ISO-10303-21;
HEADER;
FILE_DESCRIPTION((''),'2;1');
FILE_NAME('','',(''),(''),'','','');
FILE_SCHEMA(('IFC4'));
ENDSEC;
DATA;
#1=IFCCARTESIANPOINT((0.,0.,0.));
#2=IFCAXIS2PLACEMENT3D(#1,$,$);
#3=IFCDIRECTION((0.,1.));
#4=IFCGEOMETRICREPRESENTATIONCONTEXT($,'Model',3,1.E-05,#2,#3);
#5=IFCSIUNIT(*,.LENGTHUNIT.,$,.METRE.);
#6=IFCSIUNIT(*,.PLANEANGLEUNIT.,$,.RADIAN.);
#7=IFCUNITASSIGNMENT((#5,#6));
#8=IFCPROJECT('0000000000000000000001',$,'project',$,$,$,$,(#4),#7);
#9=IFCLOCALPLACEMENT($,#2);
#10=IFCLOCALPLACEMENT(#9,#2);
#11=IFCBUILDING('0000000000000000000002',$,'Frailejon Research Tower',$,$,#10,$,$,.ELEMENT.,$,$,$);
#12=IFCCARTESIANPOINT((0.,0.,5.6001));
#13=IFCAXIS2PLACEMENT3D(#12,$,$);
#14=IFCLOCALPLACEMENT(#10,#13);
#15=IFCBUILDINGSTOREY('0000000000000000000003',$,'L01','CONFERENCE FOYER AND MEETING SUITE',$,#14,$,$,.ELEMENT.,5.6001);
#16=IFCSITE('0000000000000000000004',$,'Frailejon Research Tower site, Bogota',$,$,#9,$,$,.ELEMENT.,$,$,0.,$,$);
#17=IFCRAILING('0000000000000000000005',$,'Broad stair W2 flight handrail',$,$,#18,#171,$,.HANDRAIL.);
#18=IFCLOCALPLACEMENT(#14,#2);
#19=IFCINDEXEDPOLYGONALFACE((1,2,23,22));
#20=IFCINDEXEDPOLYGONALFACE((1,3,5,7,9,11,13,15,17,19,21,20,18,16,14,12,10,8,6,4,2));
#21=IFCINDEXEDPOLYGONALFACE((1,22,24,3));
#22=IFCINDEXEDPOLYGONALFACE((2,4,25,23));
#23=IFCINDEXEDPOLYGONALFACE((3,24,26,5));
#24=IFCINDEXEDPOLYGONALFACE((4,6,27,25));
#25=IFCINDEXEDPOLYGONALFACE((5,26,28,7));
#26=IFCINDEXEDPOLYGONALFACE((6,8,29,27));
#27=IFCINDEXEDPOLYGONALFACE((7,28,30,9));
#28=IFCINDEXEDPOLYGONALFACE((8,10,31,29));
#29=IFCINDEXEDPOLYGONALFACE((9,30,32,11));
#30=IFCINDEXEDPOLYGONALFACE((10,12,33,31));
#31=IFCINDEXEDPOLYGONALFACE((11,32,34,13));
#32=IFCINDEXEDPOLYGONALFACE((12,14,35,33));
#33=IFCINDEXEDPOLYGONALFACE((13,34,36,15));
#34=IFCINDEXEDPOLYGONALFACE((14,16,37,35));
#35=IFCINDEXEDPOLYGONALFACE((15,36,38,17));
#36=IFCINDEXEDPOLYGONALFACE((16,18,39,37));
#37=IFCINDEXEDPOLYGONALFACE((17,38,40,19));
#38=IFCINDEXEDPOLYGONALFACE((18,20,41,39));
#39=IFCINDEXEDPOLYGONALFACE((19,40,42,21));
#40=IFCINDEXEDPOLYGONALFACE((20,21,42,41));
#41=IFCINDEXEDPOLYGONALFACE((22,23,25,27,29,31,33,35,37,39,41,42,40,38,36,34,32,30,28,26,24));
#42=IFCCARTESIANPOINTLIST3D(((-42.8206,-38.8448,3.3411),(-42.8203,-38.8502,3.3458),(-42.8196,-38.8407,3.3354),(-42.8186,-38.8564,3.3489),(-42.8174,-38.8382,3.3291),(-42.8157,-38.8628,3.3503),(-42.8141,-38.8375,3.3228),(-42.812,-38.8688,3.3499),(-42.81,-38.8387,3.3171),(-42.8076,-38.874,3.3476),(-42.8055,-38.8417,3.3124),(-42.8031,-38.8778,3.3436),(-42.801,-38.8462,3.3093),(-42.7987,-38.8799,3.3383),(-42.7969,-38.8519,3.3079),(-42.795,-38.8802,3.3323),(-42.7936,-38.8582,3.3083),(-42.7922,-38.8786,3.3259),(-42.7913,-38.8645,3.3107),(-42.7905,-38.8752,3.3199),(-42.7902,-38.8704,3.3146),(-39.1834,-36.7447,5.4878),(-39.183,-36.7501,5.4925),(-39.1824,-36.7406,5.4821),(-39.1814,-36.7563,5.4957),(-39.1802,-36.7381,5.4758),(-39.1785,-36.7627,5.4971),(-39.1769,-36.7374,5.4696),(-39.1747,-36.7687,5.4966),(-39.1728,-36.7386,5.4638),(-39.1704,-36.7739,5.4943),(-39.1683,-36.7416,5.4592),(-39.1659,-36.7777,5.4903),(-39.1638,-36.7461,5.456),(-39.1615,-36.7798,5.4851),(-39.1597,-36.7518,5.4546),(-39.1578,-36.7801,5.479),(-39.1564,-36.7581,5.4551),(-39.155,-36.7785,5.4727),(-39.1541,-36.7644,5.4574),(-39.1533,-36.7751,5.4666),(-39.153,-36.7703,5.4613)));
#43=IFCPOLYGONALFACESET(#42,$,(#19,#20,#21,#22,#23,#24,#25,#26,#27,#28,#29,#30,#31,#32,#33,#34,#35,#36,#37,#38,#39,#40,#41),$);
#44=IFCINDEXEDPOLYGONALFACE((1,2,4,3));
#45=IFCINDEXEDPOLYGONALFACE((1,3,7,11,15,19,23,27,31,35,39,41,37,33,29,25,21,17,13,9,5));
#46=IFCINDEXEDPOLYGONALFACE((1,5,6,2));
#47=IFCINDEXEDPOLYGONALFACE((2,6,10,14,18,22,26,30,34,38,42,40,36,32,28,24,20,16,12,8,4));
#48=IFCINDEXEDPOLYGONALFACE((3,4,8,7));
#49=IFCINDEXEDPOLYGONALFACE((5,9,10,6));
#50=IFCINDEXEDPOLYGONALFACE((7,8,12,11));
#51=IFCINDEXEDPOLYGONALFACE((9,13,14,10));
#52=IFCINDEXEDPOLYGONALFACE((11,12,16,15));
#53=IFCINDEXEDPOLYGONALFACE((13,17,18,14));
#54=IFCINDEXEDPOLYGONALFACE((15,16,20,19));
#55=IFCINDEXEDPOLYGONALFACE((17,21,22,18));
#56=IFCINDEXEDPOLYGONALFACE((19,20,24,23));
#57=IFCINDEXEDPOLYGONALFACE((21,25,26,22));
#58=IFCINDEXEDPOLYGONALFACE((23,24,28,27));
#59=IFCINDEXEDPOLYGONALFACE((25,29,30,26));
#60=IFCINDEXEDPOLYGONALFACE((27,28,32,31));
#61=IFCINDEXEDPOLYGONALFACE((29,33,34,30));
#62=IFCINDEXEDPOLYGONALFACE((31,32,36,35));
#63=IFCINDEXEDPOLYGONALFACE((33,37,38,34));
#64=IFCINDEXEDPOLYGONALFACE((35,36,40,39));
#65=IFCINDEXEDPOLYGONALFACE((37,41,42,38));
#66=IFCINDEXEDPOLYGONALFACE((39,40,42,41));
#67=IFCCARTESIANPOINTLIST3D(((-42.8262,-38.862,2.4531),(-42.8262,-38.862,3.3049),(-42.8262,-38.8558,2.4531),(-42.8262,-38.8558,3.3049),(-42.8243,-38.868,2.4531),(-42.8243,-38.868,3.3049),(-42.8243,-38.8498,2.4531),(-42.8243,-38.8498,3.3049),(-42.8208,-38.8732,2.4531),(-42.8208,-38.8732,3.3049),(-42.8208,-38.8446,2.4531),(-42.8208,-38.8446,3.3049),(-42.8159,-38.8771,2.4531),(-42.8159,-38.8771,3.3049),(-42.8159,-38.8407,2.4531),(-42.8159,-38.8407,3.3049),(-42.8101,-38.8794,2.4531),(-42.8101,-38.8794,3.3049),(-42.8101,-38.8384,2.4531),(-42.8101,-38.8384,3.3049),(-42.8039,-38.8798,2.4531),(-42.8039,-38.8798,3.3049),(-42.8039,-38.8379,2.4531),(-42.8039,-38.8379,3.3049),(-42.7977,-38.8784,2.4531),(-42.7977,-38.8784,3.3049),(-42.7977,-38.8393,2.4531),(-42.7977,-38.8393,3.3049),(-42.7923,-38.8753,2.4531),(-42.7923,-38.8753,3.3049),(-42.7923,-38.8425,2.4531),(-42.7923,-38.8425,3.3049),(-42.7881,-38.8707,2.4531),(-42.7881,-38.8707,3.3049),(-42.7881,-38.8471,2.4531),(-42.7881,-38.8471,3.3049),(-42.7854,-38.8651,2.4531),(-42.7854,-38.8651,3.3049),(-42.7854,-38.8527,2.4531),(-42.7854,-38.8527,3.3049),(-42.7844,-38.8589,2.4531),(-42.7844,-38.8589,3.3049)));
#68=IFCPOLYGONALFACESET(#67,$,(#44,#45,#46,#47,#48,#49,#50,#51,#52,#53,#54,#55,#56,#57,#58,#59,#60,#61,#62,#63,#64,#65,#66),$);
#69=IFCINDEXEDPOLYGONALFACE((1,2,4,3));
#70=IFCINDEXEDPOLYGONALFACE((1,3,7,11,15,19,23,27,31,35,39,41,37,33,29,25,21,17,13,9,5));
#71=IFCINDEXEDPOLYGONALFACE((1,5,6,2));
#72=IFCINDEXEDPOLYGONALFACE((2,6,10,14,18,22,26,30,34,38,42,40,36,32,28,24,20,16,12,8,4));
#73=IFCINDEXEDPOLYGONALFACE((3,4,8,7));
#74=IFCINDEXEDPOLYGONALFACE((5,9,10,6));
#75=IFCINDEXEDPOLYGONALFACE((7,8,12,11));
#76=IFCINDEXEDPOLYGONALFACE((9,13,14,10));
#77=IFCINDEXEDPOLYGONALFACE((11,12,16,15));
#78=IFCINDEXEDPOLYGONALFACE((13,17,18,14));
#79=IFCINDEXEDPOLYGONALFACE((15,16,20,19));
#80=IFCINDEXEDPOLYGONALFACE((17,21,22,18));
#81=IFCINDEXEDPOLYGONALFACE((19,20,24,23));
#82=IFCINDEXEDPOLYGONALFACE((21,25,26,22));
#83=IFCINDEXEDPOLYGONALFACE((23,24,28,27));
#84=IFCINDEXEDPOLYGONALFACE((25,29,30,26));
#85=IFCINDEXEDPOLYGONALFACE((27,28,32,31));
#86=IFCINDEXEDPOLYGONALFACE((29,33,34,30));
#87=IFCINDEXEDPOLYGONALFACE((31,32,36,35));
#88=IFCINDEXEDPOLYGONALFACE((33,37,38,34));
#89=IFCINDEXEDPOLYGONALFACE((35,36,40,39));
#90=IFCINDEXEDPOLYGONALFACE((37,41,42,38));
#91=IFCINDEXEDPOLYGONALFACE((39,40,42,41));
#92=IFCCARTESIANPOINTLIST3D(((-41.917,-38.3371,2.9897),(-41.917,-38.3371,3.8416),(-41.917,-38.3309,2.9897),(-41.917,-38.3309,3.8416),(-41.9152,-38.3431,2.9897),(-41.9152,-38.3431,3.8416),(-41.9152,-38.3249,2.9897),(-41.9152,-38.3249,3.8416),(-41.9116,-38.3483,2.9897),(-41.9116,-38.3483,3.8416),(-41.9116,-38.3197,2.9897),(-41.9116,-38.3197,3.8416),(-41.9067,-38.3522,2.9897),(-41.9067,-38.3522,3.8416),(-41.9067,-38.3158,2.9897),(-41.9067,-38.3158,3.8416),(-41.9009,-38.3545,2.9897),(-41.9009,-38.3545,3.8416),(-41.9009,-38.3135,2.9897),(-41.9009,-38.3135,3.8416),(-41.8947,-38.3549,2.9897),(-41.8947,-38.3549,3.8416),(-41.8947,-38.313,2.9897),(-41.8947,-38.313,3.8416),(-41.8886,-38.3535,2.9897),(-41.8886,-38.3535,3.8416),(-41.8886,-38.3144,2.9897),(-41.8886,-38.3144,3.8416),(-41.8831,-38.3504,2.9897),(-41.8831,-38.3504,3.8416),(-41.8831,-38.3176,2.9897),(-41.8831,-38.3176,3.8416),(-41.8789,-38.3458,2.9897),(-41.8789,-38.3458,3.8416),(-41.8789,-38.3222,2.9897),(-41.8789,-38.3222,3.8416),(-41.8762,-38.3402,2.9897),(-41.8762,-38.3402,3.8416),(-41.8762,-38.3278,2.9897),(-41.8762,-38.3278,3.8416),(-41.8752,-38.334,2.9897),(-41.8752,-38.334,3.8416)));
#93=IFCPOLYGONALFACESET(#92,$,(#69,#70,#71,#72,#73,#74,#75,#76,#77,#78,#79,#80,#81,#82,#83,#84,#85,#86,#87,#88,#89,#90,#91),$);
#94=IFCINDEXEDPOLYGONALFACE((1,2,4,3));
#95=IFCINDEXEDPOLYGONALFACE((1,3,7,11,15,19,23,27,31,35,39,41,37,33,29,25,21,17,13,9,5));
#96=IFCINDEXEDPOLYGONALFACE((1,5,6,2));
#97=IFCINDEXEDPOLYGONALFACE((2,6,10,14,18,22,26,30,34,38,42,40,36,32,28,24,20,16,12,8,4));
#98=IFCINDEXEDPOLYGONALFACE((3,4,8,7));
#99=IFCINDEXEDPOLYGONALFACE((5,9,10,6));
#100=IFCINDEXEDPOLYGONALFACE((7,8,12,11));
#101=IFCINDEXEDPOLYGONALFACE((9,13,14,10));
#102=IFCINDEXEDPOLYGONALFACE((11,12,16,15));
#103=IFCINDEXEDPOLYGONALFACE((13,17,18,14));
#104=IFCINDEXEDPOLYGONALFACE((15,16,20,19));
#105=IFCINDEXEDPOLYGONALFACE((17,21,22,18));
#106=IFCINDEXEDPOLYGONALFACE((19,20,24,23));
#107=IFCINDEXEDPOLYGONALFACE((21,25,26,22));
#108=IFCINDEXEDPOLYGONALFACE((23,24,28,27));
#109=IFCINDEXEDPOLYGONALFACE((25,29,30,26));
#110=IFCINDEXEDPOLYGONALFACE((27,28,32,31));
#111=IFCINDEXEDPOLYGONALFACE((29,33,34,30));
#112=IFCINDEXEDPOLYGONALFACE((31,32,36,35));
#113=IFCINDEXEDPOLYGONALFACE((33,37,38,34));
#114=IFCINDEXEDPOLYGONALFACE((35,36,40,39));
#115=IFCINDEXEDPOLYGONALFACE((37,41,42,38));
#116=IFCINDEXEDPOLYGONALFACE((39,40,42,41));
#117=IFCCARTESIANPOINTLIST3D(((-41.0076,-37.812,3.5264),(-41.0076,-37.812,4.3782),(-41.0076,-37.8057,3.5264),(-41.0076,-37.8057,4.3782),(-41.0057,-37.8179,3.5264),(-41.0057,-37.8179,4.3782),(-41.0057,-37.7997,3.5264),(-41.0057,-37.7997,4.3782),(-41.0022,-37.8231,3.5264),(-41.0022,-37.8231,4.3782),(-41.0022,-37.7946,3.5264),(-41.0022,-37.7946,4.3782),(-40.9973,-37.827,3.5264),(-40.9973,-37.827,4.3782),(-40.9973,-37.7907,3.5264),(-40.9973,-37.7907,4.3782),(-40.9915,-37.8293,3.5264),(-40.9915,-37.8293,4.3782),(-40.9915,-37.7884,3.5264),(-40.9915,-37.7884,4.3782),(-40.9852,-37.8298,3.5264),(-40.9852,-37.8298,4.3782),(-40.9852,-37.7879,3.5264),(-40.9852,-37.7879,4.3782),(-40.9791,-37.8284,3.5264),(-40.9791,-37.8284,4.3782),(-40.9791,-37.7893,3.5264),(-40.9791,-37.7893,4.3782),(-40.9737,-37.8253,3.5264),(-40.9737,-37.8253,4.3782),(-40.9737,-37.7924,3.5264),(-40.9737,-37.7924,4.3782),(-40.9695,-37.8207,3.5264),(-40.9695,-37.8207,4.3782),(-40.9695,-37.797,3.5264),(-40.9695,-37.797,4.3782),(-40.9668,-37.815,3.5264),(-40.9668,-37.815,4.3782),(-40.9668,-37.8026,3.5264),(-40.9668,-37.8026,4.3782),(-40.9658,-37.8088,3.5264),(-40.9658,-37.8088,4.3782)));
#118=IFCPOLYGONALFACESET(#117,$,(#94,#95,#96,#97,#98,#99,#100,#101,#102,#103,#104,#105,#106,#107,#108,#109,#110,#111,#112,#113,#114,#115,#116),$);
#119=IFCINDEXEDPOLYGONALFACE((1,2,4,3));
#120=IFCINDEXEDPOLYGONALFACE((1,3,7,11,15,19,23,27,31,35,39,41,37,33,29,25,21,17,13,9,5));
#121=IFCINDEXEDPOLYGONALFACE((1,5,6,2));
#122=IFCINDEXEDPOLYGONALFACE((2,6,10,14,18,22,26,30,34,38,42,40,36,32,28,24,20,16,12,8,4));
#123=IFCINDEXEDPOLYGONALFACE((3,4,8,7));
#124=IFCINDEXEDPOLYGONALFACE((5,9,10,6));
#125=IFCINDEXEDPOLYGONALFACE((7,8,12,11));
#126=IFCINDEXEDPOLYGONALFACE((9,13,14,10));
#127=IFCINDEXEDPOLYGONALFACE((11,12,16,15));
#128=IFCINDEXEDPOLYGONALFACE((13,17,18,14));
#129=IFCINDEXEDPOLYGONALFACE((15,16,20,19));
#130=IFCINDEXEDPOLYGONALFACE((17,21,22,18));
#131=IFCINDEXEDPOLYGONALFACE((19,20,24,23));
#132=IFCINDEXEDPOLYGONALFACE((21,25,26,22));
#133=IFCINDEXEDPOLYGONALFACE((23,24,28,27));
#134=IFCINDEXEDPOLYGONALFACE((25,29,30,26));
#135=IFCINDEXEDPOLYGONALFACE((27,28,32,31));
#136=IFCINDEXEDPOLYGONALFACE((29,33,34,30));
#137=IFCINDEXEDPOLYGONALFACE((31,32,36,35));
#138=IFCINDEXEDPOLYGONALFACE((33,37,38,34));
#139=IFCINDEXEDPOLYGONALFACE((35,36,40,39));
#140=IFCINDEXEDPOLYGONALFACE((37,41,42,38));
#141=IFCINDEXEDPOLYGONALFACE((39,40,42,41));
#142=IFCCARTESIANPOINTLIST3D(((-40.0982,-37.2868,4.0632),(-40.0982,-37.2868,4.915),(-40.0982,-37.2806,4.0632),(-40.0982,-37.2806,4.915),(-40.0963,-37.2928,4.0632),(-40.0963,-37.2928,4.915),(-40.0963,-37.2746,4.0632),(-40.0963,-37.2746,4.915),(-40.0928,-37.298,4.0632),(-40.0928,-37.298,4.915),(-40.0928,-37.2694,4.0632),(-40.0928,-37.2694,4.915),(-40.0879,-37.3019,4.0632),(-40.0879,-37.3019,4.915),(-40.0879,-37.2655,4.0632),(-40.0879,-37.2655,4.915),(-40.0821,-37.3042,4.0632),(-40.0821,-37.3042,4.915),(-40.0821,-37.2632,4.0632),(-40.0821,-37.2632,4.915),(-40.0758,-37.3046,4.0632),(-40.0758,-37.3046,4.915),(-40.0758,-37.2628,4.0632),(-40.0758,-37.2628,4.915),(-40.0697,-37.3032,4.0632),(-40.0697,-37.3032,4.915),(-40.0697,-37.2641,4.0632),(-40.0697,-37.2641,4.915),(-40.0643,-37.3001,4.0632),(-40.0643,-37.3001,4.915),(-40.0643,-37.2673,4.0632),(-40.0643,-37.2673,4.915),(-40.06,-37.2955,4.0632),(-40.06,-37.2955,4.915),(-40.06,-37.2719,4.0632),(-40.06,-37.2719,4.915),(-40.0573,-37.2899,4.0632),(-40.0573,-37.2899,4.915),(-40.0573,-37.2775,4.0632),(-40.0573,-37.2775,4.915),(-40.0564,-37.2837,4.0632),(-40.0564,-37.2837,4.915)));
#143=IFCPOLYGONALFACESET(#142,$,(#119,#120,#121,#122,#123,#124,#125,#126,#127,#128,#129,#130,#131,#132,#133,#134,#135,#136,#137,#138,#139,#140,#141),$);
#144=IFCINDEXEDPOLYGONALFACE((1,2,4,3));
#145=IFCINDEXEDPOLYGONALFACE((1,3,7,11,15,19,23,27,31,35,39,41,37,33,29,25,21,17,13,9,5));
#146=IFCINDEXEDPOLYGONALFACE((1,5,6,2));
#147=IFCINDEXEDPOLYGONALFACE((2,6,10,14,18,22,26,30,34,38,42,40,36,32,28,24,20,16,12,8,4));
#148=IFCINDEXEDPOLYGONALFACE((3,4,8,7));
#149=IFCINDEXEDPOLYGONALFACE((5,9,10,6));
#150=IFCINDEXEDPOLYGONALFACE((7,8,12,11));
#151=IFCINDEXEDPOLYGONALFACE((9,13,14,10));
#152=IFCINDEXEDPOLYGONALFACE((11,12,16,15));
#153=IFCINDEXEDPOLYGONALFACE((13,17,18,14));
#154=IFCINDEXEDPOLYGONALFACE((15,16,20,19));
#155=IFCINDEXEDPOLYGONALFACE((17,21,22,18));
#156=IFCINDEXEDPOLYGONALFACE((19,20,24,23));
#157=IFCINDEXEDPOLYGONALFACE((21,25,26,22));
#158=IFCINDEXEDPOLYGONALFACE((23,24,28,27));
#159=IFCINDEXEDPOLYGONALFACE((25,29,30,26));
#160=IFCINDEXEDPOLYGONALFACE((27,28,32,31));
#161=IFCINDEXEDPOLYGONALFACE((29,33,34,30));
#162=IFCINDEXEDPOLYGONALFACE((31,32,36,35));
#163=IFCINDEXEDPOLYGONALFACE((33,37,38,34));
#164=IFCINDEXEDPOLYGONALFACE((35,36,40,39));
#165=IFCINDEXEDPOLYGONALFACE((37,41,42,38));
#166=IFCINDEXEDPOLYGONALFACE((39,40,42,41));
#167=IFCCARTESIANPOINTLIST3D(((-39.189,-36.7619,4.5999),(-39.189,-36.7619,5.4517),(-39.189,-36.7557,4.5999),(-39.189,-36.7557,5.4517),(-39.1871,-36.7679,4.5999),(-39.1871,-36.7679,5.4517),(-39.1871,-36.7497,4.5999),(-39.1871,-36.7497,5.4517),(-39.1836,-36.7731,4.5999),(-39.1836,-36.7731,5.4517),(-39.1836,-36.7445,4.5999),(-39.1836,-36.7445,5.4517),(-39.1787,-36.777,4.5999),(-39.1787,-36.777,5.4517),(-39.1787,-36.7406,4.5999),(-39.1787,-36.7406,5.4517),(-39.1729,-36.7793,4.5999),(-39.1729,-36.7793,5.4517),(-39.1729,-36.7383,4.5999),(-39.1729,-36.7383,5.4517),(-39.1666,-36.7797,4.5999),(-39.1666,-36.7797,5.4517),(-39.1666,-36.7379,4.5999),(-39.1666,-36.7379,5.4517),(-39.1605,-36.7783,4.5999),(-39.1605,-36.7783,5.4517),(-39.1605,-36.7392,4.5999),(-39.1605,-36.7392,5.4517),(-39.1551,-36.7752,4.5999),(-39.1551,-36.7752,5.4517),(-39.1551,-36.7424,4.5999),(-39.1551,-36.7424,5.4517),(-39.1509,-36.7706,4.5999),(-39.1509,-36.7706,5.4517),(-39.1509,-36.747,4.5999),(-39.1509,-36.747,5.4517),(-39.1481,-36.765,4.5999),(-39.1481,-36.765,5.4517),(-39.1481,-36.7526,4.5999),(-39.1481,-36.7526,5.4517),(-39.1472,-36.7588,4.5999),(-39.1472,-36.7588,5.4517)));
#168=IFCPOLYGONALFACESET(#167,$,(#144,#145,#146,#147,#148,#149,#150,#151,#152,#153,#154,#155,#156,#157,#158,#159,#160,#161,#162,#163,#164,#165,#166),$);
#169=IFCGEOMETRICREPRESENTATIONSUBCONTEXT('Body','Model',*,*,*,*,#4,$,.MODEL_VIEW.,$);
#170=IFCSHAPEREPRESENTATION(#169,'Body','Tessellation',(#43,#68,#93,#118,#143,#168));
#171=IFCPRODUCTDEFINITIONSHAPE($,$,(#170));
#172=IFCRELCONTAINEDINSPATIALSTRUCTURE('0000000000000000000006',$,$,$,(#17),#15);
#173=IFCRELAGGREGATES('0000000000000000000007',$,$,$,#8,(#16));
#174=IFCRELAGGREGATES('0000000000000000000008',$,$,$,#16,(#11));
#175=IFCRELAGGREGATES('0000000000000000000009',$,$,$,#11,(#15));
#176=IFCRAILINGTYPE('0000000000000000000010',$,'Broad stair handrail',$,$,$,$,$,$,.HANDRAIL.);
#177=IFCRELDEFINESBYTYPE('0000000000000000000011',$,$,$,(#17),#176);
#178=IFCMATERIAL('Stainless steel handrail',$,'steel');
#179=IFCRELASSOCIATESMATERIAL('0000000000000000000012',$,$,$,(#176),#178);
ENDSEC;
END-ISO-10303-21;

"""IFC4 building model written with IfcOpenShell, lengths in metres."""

from ifc_helpers import new_model, si_unit, direction, frame, origin, origin_2d, place, context, subcontext, project, spatial, circle, extrude, material, type_object, element, save


model = new_model("IFC4")

# Units and contexts
model_context = context("Model", 3, precision=1e-05, world=origin(), true_north=direction((0.0, 1.0)))
body_context = subcontext(model_context, "Body", "Model", "MODEL_VIEW")
ifc_project = project(units=[si_unit("LENGTHUNIT", "METRE"), si_unit("PLANEANGLEUNIT", "RADIAN")], contexts=[model_context])

# Site, building, storey
site_placement = place(None, origin())
site = spatial("IfcSite", under=ifc_project, at=site_placement, Name="Frailejon Research Tower site, Bogota", CompositionType="ELEMENT", RefElevation=0.0)
building_placement = place(site_placement, origin())
building = spatial("IfcBuilding", under=site, at=building_placement, Name="Frailejon Research Tower", CompositionType="ELEMENT")
storey_placement = place(building_placement, frame((0.0, 0.0, 5.6001)))
storey = spatial("IfcBuildingStorey", under=building, at=storey_placement, Name="L01", Description="CONFERENCE FOYER AND MEETING SUITE", CompositionType="ELEMENT", Elevation=5.6001)

# Railing
ifc_material_1 = material(Name="Stainless steel handrail", Category="steel")
railing_type_1 = type_object("IfcRailingType", Name="Broad stair handrail", PredefinedType="HANDRAIL", material=ifc_material_1)
for number, where, name in (
    (1, (-42.8054, -38.8589, 2.4531), "Broad stair W2 flight handrail"),
):
    element("IfcRailing", number, at=place(storey_placement, frame(where)), inside=storey, type_object=railing_type_1, Name=name, PredefinedType="HANDRAIL", context=body_context, shape_type="SweptSolid", body=[
        extrude(circle(Radius=0.0239, at=origin_2d()), frame((0.0, 0.0, 0.876), z_axis=(0.771119, 0.445239, 0.455125), x_axis=(-0.500028, 0.866009, 0.0)), (0.0, 0.0, 1.0), 4.7168),
        extrude(circle(Radius=0.021, at=origin_2d()), origin(), (0.0, 0.0, 1.0), 0.8518),
        extrude(circle(Radius=0.021, at=origin_2d()), frame((0.9092, 0.5249, 0.5366)), (0.0, 0.0, 1.0), 0.8518),
        extrude(circle(Radius=0.021, at=origin_2d()), frame((1.8186, 1.05, 1.0732)), (0.0, 0.0, 1.0), 0.8518),
        extrude(circle(Radius=0.021, at=origin_2d()), frame((2.728, 1.5752, 1.6101)), (0.0, 0.0, 1.0), 0.8518),
        extrude(circle(Radius=0.021, at=origin_2d()), frame((3.6372, 2.1001, 2.1467)), (0.0, 0.0, 1.0), 0.8518),
    ])

save(model, "model.ifc")
